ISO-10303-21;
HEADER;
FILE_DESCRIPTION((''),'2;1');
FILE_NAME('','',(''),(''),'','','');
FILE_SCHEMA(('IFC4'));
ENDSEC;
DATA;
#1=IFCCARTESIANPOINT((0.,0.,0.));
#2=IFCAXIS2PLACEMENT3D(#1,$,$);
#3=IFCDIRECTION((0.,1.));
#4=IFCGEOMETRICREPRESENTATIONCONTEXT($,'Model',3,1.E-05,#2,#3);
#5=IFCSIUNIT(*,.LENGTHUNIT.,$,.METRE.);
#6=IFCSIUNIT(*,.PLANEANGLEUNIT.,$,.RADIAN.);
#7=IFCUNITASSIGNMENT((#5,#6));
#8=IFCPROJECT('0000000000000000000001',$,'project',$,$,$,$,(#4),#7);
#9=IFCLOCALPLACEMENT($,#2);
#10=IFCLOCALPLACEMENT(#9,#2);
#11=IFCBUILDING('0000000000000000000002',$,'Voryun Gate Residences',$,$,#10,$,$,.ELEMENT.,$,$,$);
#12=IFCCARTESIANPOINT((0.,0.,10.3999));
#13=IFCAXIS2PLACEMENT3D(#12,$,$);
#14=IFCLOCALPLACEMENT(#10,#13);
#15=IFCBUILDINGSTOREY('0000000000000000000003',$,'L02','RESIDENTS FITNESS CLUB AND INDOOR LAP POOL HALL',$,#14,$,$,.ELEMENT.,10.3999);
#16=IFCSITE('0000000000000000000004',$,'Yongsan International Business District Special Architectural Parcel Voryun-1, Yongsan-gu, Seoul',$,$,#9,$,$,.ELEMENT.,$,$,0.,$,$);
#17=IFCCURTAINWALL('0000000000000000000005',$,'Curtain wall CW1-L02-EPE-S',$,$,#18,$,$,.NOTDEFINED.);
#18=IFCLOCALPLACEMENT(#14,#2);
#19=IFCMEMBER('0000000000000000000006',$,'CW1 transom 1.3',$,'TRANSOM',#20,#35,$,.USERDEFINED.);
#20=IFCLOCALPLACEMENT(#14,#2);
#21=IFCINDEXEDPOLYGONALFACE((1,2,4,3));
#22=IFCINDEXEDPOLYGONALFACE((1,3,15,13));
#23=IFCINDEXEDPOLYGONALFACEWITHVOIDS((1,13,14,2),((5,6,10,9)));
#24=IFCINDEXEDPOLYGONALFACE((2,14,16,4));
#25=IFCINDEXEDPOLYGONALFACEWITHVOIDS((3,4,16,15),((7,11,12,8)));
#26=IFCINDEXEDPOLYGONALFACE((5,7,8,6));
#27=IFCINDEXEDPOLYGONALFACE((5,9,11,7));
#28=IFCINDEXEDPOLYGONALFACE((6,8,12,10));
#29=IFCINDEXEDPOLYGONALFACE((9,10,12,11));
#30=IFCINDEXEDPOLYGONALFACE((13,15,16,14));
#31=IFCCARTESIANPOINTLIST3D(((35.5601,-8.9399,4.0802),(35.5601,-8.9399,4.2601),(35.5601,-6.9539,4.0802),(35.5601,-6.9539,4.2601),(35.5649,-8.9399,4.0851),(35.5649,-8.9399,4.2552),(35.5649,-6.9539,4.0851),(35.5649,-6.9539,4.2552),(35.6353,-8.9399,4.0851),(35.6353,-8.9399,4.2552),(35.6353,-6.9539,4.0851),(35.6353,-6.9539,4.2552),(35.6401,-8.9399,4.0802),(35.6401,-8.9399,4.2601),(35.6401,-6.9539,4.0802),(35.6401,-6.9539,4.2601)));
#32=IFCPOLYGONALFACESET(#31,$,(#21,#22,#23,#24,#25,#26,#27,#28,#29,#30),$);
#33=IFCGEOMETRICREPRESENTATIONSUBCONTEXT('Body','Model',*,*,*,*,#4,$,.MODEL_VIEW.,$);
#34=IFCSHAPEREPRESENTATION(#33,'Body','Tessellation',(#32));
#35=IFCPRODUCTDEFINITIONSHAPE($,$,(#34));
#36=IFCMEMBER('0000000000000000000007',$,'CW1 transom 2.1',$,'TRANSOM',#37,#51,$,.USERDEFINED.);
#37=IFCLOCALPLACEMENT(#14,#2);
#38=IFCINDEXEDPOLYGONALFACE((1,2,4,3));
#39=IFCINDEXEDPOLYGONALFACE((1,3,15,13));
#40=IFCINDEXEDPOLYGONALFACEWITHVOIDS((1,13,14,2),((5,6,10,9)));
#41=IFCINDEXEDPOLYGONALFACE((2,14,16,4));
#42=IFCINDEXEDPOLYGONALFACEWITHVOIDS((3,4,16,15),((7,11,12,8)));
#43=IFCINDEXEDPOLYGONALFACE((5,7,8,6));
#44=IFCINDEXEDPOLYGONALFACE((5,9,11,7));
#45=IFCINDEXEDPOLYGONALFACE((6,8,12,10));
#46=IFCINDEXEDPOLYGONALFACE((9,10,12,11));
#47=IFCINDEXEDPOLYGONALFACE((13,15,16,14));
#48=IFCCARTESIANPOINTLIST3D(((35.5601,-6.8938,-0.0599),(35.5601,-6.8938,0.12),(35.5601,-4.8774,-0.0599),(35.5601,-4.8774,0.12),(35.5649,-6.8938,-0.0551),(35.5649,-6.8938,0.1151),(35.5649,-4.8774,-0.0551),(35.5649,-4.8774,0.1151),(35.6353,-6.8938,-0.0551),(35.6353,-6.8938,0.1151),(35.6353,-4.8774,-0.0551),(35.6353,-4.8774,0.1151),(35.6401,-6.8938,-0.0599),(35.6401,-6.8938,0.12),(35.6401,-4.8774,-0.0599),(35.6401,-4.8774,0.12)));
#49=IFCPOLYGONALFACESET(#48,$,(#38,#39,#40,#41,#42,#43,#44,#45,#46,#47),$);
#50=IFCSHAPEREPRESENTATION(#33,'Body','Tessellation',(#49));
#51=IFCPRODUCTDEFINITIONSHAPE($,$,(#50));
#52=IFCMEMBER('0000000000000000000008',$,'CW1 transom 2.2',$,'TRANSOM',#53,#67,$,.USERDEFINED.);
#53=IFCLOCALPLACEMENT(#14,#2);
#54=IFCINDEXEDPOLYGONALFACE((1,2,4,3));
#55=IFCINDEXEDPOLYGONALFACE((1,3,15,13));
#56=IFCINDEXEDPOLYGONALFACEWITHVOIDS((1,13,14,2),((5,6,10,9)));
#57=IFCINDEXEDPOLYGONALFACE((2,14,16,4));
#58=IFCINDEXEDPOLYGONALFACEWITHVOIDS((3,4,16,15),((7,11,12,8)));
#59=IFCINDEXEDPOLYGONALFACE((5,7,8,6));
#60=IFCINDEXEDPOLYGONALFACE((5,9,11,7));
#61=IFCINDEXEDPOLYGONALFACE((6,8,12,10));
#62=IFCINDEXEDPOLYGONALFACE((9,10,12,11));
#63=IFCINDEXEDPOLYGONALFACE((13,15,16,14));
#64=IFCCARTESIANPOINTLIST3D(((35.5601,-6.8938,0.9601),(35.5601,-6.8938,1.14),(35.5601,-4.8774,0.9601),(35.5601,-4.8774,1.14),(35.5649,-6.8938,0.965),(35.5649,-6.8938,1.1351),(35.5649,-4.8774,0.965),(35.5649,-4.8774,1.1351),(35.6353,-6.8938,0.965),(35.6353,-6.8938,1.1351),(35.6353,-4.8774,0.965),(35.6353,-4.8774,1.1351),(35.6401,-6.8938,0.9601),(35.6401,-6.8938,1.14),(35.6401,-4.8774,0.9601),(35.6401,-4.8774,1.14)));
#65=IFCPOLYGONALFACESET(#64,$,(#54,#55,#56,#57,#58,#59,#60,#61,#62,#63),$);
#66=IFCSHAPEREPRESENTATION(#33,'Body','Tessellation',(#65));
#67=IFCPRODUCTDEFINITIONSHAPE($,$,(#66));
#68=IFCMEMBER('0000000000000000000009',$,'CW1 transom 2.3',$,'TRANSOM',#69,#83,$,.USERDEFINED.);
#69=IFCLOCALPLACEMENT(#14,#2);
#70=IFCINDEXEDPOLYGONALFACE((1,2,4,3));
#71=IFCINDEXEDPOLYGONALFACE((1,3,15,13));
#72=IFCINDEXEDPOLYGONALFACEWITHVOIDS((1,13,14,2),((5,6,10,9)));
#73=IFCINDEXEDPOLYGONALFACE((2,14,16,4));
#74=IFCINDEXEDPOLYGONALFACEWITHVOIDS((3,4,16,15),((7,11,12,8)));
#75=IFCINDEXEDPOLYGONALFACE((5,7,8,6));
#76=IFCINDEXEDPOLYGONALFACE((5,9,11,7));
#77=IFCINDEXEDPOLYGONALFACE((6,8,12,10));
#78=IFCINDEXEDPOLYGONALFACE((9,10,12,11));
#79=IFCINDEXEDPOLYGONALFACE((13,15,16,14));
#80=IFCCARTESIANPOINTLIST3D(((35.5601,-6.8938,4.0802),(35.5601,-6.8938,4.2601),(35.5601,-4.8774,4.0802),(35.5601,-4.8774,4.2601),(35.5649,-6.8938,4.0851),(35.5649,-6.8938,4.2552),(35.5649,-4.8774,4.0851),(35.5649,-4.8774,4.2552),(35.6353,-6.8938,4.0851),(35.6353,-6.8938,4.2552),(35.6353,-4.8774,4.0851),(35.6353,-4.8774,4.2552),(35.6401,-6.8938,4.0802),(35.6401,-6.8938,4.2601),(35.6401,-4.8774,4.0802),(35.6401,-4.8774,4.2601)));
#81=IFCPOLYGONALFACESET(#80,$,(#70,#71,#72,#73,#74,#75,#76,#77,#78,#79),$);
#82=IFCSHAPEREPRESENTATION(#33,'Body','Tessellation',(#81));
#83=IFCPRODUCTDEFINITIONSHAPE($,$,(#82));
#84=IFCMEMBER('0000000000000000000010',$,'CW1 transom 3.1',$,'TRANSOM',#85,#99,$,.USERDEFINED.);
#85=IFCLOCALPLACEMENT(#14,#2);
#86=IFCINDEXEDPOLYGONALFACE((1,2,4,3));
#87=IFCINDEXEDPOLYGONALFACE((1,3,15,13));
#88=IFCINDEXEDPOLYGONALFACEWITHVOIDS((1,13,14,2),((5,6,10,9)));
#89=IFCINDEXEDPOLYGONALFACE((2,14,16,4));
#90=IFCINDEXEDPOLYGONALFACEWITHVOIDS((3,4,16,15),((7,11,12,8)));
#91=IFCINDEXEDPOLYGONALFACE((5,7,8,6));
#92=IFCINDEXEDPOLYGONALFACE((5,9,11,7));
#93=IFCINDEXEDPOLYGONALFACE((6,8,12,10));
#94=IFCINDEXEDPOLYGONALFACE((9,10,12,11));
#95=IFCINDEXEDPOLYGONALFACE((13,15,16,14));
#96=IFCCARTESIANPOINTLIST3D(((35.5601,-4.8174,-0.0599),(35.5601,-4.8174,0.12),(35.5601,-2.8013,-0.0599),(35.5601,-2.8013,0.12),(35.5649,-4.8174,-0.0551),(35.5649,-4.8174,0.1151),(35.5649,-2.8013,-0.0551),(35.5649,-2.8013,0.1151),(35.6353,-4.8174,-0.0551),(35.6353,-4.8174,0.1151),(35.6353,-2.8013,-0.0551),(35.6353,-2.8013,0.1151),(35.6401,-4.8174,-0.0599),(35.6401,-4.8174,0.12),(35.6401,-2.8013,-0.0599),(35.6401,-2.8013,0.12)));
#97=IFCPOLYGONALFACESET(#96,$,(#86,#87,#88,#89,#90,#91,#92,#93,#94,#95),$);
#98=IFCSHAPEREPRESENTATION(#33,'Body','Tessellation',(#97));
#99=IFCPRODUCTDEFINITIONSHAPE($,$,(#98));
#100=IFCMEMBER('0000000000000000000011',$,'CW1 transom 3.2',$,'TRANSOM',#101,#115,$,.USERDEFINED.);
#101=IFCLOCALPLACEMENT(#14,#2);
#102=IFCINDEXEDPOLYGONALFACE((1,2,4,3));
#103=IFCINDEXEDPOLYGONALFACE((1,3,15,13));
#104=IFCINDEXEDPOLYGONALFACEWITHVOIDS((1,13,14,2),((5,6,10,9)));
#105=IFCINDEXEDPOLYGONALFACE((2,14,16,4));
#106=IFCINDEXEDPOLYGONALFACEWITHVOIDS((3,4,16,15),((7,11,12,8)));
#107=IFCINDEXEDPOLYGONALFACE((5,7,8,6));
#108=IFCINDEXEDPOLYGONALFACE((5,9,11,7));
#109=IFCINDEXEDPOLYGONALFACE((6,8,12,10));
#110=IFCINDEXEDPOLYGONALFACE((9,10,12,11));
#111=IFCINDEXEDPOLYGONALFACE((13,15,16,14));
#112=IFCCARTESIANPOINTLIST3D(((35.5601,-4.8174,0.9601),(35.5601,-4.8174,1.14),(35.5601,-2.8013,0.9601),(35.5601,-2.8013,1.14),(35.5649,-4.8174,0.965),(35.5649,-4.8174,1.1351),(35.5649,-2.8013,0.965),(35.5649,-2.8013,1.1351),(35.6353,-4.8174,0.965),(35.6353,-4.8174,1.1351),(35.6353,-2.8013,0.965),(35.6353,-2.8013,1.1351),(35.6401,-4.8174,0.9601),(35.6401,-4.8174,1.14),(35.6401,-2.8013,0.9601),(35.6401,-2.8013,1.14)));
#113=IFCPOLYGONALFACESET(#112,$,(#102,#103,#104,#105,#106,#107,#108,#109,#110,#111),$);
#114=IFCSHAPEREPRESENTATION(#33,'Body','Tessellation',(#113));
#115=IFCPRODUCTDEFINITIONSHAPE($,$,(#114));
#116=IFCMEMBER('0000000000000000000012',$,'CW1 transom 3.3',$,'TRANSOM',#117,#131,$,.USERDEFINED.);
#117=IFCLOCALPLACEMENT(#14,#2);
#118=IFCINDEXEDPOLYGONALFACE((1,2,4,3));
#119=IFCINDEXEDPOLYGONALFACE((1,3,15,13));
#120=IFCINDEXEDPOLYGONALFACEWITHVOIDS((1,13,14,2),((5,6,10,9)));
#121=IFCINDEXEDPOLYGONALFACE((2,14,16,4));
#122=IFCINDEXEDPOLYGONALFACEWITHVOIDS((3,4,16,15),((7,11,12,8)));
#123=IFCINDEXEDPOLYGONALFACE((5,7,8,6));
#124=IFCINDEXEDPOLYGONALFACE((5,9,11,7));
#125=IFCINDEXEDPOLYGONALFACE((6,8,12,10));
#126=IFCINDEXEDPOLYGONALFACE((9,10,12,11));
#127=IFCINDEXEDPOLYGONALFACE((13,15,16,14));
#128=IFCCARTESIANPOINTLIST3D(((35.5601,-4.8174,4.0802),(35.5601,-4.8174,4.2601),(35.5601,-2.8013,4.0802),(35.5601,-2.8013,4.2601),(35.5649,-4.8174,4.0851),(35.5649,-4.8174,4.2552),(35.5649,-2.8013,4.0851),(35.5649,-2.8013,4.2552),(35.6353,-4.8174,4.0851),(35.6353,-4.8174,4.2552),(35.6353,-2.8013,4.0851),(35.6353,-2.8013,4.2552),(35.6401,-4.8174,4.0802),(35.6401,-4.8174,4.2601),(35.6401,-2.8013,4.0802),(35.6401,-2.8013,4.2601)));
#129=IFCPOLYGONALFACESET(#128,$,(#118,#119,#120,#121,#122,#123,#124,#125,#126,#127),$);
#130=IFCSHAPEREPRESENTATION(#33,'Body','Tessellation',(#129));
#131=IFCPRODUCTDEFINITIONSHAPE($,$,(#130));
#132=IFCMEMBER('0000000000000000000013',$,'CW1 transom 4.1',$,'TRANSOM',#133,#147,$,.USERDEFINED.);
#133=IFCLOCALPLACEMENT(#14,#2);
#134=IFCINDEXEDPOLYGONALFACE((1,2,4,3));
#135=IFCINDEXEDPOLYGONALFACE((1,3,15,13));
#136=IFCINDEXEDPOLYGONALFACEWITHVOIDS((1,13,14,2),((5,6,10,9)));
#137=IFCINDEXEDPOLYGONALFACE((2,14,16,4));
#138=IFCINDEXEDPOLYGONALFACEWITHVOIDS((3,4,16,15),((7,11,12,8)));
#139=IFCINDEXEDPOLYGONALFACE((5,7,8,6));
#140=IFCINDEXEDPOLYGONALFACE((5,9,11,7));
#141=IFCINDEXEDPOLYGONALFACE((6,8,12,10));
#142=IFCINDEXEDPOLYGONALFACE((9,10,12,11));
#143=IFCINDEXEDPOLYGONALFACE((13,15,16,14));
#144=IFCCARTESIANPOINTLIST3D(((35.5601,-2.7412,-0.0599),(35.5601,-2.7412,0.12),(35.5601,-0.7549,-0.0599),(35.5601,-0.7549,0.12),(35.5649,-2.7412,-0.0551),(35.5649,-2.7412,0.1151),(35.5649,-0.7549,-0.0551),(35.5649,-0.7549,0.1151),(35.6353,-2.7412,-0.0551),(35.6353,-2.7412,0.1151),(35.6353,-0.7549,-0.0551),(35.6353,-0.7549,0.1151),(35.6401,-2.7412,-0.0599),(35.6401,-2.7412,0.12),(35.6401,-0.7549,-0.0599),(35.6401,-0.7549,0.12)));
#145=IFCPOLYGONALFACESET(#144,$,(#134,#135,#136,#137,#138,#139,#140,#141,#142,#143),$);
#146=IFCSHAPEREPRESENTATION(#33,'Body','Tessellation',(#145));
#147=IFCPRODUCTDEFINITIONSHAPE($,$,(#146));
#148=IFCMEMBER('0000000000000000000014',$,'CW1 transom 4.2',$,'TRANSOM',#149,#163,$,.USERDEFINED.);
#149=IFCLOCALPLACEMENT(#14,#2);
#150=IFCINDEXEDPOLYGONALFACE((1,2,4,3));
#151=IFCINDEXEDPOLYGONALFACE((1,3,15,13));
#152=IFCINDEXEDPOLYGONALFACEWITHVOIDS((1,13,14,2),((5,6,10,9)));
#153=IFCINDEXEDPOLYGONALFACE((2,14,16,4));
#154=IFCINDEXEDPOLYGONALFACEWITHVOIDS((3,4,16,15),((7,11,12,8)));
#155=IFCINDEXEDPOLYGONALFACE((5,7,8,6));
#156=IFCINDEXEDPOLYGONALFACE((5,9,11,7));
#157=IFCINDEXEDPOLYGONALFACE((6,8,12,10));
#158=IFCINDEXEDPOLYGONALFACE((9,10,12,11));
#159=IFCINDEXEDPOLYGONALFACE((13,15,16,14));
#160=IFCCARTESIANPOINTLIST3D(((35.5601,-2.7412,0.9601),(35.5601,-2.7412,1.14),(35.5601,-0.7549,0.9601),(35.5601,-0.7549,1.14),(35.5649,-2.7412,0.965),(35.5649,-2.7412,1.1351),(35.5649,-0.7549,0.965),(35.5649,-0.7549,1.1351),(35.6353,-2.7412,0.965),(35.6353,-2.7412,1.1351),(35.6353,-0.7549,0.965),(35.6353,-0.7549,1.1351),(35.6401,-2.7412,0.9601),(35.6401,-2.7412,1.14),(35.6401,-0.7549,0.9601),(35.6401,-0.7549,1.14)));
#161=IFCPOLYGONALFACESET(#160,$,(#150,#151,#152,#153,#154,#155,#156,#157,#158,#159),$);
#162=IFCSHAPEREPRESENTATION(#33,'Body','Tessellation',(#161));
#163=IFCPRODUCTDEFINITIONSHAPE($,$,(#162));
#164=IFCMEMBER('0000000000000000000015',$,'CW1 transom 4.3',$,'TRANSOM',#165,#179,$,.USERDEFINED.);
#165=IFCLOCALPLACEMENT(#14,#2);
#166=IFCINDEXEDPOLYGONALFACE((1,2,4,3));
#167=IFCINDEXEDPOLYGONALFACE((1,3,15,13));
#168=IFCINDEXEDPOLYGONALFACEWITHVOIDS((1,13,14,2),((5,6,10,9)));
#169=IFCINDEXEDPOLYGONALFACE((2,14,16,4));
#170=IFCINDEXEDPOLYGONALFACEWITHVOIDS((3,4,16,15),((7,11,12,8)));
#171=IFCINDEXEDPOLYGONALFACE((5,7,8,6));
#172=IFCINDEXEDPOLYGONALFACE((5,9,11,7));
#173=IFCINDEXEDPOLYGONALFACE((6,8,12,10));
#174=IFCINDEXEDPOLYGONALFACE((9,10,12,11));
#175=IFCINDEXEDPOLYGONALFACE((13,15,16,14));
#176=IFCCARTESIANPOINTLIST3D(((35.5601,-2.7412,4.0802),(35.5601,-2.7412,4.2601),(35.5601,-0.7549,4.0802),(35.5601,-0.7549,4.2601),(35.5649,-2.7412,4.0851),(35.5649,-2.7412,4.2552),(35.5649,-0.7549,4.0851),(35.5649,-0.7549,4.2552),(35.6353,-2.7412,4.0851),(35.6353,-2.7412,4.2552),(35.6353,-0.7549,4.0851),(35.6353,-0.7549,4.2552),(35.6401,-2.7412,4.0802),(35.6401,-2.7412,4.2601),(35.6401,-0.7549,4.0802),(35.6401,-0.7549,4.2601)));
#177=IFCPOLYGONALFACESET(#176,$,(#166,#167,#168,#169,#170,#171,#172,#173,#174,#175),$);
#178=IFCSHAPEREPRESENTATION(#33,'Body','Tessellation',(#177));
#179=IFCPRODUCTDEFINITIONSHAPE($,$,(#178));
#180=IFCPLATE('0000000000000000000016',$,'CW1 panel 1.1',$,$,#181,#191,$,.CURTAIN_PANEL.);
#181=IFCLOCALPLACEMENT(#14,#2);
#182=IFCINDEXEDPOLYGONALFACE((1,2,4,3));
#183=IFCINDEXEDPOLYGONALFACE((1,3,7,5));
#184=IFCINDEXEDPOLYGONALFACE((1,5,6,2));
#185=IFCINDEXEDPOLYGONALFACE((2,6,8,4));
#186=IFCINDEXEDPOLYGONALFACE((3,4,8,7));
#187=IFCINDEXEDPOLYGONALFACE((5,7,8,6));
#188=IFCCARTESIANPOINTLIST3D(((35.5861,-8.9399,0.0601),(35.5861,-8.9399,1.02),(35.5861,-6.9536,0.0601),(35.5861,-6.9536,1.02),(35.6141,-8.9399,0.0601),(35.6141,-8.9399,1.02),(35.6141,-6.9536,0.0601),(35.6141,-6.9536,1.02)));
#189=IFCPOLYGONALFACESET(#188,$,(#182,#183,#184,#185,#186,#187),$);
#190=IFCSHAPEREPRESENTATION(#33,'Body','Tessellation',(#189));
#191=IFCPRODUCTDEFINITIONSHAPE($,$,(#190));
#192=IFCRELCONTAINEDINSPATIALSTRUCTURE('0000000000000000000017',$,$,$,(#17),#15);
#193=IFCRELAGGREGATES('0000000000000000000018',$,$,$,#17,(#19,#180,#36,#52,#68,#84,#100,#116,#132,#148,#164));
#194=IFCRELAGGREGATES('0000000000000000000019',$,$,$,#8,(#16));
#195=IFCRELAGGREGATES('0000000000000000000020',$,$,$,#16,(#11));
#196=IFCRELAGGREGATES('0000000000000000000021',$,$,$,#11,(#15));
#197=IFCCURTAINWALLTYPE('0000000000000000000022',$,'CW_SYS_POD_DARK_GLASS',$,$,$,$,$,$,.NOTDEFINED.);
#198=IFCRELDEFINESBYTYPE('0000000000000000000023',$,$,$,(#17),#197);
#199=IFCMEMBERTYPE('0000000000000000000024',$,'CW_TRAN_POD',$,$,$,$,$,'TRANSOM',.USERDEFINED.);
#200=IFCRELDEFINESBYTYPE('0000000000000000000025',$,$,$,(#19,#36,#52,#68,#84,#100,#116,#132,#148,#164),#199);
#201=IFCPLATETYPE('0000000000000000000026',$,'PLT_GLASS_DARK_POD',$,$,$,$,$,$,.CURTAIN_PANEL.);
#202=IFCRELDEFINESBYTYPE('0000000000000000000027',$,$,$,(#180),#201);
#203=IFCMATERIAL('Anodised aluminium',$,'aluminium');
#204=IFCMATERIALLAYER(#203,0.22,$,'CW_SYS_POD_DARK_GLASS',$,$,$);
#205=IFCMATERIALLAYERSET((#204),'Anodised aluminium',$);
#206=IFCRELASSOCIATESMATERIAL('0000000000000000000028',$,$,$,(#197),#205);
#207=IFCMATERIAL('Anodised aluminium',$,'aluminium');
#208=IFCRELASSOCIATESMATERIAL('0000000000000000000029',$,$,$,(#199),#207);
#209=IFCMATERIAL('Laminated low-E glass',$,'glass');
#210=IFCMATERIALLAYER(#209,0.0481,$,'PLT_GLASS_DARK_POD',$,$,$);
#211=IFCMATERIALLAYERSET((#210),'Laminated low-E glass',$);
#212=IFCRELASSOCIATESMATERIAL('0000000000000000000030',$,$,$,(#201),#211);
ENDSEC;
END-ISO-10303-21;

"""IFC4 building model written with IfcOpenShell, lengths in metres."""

from ifc_helpers import new_model, si_unit, direction, frame, origin, origin_2d, place, context, subcontext, project, spatial, rectangle, hollow_rectangle, extrude, material, layer, layer_set, material_profile, profile_set, type_object, element, aggregate, save


model = new_model("IFC4")

# Units and contexts
model_context = context("Model", 3, precision=1e-05, world=origin(), true_north=direction((0.0, 1.0)))
body_context = subcontext(model_context, "Body", "Model", "MODEL_VIEW")
ifc_project = project(units=[si_unit("LENGTHUNIT", "METRE"), si_unit("PLANEANGLEUNIT", "RADIAN")], contexts=[model_context])

# Site, building, storey
site_placement = place(None, origin())
site = spatial("IfcSite", under=ifc_project, at=site_placement, Name="Yongsan International Business District Special Architectural Parcel Voryun-1, Yongsan-gu, Seoul", CompositionType="ELEMENT", RefElevation=0.0)
building_placement = place(site_placement, origin())
building = spatial("IfcBuilding", under=site, at=building_placement, Name="Voryun Gate Residences", CompositionType="ELEMENT")
storey_placement = place(building_placement, frame((0.0, 0.0, 10.3999)))
storey = spatial("IfcBuildingStorey", under=building, at=storey_placement, Name="L02", Description="RESIDENTS FITNESS CLUB AND INDOOR LAP POOL HALL", CompositionType="ELEMENT", Elevation=10.3999)

# Curtain wall, members, plate
ifc_material_1 = material(Name="Anodised aluminium", Category="aluminium")
ifc_layer_1 = layer(ifc_material_1, 0.22, Name="CW_SYS_POD_DARK_GLASS")
ifc_layer_set_1 = layer_set([ifc_layer_1], Name="Anodised aluminium")
curtain_wall_type = type_object("IfcCurtainWallType", Name="CW_SYS_POD_DARK_GLASS", PredefinedType="NOTDEFINED", material=ifc_layer_set_1)
curtain_wall_placement = place(storey_placement, origin())
curtain_wall = element("IfcCurtainWall", 1, at=curtain_wall_placement, inside=storey, type_object=curtain_wall_type, Name="Curtain wall CW1-L02-EPE-S", PredefinedType="NOTDEFINED")
ifc_material_2 = material(Name="Anodised aluminium", Category="aluminium")
ifc_material_profile_1 = material_profile(ifc_material_2, hollow_rectangle(XDim=0.0801, YDim=0.1799, WallThickness=0.0049, at=origin_2d()), Name="ALU-TRAN-180x80x5")
ifc_profile_set_1 = profile_set([ifc_material_profile_1], Name="Anodised aluminium")
member_type_1 = type_object("IfcMemberType", Name="CW_TRAN_POD", ElementType="TRANSOM", PredefinedType="USERDEFINED", material=ifc_profile_set_1)
member_1_placement = place(storey_placement, frame((35.6001, -8.9399, 4.1702), z_axis=(0.0, 1.0, 0.0), x_axis=(-1.0, 0.0, 0.0)))
member_1 = element("IfcMember", 2, at=member_1_placement, type_object=member_type_1, Name="CW1 transom 1.3", ObjectType="TRANSOM", PredefinedType="USERDEFINED", context=body_context, shape_type="SweptSolid", body=[
    extrude(hollow_rectangle(XDim=0.0801, YDim=0.1799, WallThickness=0.0049, at=origin_2d()), origin(), (0.0, 0.0, 1.0), 1.9861),
])
member_2_placement = place(storey_placement, frame((35.6001, -6.8938, 0.03), z_axis=(0.0, 1.0, 0.0), x_axis=(-1.0, 0.0, 0.0)))
member_2 = element("IfcMember", 3, at=member_2_placement, type_object=member_type_1, Name="CW1 transom 2.1", ObjectType="TRANSOM", PredefinedType="USERDEFINED", context=body_context, shape_type="SweptSolid", body=[
    extrude(hollow_rectangle(XDim=0.0801, YDim=0.1799, WallThickness=0.0049, at=origin_2d()), origin(), (0.0, 0.0, 1.0), 2.0164),
])
member_3_placement = place(storey_placement, frame((35.6001, -6.8938, 1.05), z_axis=(0.0, 1.0, 0.0), x_axis=(-1.0, 0.0, 0.0)))
member_3 = element("IfcMember", 4, at=member_3_placement, type_object=member_type_1, Name="CW1 transom 2.2", ObjectType="TRANSOM", PredefinedType="USERDEFINED", context=body_context, shape_type="SweptSolid", body=[
    extrude(hollow_rectangle(XDim=0.0801, YDim=0.1799, WallThickness=0.0049, at=origin_2d()), origin(), (0.0, 0.0, 1.0), 2.0164),
])
member_4_placement = place(storey_placement, frame((35.6001, -6.8938, 4.1702), z_axis=(0.0, 1.0, 0.0), x_axis=(-1.0, 0.0, 0.0)))
member_4 = element("IfcMember", 5, at=member_4_placement, type_object=member_type_1, Name="CW1 transom 2.3", ObjectType="TRANSOM", PredefinedType="USERDEFINED", context=body_context, shape_type="SweptSolid", body=[
    extrude(hollow_rectangle(XDim=0.0801, YDim=0.1799, WallThickness=0.0049, at=origin_2d()), origin(), (0.0, 0.0, 1.0), 2.0164),
])
member_5_placement = place(storey_placement, frame((35.6001, -4.8174, 0.03), z_axis=(0.0, 1.0, 0.0), x_axis=(-1.0, 0.0, 0.0)))
member_5 = element("IfcMember", 6, at=member_5_placement, type_object=member_type_1, Name="CW1 transom 3.1", ObjectType="TRANSOM", PredefinedType="USERDEFINED", context=body_context, shape_type="SweptSolid", body=[
    extrude(hollow_rectangle(XDim=0.0801, YDim=0.1799, WallThickness=0.0049, at=origin_2d()), origin(), (0.0, 0.0, 1.0), 2.0161),
])
member_6_placement = place(storey_placement, frame((35.6001, -4.8174, 1.05), z_axis=(0.0, 1.0, 0.0), x_axis=(-1.0, 0.0, 0.0)))
member_6 = element("IfcMember", 7, at=member_6_placement, type_object=member_type_1, Name="CW1 transom 3.2", ObjectType="TRANSOM", PredefinedType="USERDEFINED", context=body_context, shape_type="SweptSolid", body=[
    extrude(hollow_rectangle(XDim=0.0801, YDim=0.1799, WallThickness=0.0049, at=origin_2d()), origin(), (0.0, 0.0, 1.0), 2.0161),
])
member_7_placement = place(storey_placement, frame((35.6001, -4.8174, 4.1702), z_axis=(0.0, 1.0, 0.0), x_axis=(-1.0, 0.0, 0.0)))
member_7 = element("IfcMember", 8, at=member_7_placement, type_object=member_type_1, Name="CW1 transom 3.3", ObjectType="TRANSOM", PredefinedType="USERDEFINED", context=body_context, shape_type="SweptSolid", body=[
    extrude(hollow_rectangle(XDim=0.0801, YDim=0.1799, WallThickness=0.0049, at=origin_2d()), origin(), (0.0, 0.0, 1.0), 2.0161),
])
member_8_placement = place(storey_placement, frame((35.6001, -2.7412, 0.03), z_axis=(0.0, 1.0, 0.0), x_axis=(-1.0, 0.0, 0.0)))
member_8 = element("IfcMember", 9, at=member_8_placement, type_object=member_type_1, Name="CW1 transom 4.1", ObjectType="TRANSOM", PredefinedType="USERDEFINED", context=body_context, shape_type="SweptSolid", body=[
    extrude(hollow_rectangle(XDim=0.0801, YDim=0.1799, WallThickness=0.0049, at=origin_2d()), origin(), (0.0, 0.0, 1.0), 1.9863),
])
member_9_placement = place(storey_placement, frame((35.6001, -2.7412, 1.05), z_axis=(0.0, 1.0, 0.0), x_axis=(-1.0, 0.0, 0.0)))
member_9 = element("IfcMember", 10, at=member_9_placement, type_object=member_type_1, Name="CW1 transom 4.2", ObjectType="TRANSOM", PredefinedType="USERDEFINED", context=body_context, shape_type="SweptSolid", body=[
    extrude(hollow_rectangle(XDim=0.0801, YDim=0.1799, WallThickness=0.0049, at=origin_2d()), origin(), (0.0, 0.0, 1.0), 1.9863),
])
member_10_placement = place(storey_placement, frame((35.6001, -2.7412, 4.1702), z_axis=(0.0, 1.0, 0.0), x_axis=(-1.0, 0.0, 0.0)))
member_10 = element("IfcMember", 11, at=member_10_placement, type_object=member_type_1, Name="CW1 transom 4.3", ObjectType="TRANSOM", PredefinedType="USERDEFINED", context=body_context, shape_type="SweptSolid", body=[
    extrude(hollow_rectangle(XDim=0.0801, YDim=0.1799, WallThickness=0.0049, at=origin_2d()), origin(), (0.0, 0.0, 1.0), 1.9863),
])
ifc_material_3 = material(Name="Laminated low-E glass", Category="glass")
ifc_layer_2 = layer(ifc_material_3, 0.0481, Name="PLT_GLASS_DARK_POD")
ifc_layer_set_2 = layer_set([ifc_layer_2], Name="Laminated low-E glass")
plate_type = type_object("IfcPlateType", Name="PLT_GLASS_DARK_POD", PredefinedType="CURTAIN_PANEL", material=ifc_layer_set_2)
plate_1_placement = place(storey_placement, frame((35.6001, -7.9468, 0.0601), z_axis=(0.0, 0.0, 1.0), x_axis=(0.0, 1.0, 0.0)))
plate_1 = element("IfcPlate", 12, at=plate_1_placement, type_object=plate_type, Name="CW1 panel 1.1", PredefinedType="CURTAIN_PANEL", context=body_context, shape_type="SweptSolid", body=[
    extrude(rectangle(XDim=1.9863, YDim=0.0281, at=origin_2d()), origin(), (0.0, 0.0, 1.0), 0.96),
])
aggregate(curtain_wall, [member_1, plate_1, member_2, member_3, member_4, member_5, member_6, member_7, member_8, member_9, member_10])

save(model, "model.ifc")
